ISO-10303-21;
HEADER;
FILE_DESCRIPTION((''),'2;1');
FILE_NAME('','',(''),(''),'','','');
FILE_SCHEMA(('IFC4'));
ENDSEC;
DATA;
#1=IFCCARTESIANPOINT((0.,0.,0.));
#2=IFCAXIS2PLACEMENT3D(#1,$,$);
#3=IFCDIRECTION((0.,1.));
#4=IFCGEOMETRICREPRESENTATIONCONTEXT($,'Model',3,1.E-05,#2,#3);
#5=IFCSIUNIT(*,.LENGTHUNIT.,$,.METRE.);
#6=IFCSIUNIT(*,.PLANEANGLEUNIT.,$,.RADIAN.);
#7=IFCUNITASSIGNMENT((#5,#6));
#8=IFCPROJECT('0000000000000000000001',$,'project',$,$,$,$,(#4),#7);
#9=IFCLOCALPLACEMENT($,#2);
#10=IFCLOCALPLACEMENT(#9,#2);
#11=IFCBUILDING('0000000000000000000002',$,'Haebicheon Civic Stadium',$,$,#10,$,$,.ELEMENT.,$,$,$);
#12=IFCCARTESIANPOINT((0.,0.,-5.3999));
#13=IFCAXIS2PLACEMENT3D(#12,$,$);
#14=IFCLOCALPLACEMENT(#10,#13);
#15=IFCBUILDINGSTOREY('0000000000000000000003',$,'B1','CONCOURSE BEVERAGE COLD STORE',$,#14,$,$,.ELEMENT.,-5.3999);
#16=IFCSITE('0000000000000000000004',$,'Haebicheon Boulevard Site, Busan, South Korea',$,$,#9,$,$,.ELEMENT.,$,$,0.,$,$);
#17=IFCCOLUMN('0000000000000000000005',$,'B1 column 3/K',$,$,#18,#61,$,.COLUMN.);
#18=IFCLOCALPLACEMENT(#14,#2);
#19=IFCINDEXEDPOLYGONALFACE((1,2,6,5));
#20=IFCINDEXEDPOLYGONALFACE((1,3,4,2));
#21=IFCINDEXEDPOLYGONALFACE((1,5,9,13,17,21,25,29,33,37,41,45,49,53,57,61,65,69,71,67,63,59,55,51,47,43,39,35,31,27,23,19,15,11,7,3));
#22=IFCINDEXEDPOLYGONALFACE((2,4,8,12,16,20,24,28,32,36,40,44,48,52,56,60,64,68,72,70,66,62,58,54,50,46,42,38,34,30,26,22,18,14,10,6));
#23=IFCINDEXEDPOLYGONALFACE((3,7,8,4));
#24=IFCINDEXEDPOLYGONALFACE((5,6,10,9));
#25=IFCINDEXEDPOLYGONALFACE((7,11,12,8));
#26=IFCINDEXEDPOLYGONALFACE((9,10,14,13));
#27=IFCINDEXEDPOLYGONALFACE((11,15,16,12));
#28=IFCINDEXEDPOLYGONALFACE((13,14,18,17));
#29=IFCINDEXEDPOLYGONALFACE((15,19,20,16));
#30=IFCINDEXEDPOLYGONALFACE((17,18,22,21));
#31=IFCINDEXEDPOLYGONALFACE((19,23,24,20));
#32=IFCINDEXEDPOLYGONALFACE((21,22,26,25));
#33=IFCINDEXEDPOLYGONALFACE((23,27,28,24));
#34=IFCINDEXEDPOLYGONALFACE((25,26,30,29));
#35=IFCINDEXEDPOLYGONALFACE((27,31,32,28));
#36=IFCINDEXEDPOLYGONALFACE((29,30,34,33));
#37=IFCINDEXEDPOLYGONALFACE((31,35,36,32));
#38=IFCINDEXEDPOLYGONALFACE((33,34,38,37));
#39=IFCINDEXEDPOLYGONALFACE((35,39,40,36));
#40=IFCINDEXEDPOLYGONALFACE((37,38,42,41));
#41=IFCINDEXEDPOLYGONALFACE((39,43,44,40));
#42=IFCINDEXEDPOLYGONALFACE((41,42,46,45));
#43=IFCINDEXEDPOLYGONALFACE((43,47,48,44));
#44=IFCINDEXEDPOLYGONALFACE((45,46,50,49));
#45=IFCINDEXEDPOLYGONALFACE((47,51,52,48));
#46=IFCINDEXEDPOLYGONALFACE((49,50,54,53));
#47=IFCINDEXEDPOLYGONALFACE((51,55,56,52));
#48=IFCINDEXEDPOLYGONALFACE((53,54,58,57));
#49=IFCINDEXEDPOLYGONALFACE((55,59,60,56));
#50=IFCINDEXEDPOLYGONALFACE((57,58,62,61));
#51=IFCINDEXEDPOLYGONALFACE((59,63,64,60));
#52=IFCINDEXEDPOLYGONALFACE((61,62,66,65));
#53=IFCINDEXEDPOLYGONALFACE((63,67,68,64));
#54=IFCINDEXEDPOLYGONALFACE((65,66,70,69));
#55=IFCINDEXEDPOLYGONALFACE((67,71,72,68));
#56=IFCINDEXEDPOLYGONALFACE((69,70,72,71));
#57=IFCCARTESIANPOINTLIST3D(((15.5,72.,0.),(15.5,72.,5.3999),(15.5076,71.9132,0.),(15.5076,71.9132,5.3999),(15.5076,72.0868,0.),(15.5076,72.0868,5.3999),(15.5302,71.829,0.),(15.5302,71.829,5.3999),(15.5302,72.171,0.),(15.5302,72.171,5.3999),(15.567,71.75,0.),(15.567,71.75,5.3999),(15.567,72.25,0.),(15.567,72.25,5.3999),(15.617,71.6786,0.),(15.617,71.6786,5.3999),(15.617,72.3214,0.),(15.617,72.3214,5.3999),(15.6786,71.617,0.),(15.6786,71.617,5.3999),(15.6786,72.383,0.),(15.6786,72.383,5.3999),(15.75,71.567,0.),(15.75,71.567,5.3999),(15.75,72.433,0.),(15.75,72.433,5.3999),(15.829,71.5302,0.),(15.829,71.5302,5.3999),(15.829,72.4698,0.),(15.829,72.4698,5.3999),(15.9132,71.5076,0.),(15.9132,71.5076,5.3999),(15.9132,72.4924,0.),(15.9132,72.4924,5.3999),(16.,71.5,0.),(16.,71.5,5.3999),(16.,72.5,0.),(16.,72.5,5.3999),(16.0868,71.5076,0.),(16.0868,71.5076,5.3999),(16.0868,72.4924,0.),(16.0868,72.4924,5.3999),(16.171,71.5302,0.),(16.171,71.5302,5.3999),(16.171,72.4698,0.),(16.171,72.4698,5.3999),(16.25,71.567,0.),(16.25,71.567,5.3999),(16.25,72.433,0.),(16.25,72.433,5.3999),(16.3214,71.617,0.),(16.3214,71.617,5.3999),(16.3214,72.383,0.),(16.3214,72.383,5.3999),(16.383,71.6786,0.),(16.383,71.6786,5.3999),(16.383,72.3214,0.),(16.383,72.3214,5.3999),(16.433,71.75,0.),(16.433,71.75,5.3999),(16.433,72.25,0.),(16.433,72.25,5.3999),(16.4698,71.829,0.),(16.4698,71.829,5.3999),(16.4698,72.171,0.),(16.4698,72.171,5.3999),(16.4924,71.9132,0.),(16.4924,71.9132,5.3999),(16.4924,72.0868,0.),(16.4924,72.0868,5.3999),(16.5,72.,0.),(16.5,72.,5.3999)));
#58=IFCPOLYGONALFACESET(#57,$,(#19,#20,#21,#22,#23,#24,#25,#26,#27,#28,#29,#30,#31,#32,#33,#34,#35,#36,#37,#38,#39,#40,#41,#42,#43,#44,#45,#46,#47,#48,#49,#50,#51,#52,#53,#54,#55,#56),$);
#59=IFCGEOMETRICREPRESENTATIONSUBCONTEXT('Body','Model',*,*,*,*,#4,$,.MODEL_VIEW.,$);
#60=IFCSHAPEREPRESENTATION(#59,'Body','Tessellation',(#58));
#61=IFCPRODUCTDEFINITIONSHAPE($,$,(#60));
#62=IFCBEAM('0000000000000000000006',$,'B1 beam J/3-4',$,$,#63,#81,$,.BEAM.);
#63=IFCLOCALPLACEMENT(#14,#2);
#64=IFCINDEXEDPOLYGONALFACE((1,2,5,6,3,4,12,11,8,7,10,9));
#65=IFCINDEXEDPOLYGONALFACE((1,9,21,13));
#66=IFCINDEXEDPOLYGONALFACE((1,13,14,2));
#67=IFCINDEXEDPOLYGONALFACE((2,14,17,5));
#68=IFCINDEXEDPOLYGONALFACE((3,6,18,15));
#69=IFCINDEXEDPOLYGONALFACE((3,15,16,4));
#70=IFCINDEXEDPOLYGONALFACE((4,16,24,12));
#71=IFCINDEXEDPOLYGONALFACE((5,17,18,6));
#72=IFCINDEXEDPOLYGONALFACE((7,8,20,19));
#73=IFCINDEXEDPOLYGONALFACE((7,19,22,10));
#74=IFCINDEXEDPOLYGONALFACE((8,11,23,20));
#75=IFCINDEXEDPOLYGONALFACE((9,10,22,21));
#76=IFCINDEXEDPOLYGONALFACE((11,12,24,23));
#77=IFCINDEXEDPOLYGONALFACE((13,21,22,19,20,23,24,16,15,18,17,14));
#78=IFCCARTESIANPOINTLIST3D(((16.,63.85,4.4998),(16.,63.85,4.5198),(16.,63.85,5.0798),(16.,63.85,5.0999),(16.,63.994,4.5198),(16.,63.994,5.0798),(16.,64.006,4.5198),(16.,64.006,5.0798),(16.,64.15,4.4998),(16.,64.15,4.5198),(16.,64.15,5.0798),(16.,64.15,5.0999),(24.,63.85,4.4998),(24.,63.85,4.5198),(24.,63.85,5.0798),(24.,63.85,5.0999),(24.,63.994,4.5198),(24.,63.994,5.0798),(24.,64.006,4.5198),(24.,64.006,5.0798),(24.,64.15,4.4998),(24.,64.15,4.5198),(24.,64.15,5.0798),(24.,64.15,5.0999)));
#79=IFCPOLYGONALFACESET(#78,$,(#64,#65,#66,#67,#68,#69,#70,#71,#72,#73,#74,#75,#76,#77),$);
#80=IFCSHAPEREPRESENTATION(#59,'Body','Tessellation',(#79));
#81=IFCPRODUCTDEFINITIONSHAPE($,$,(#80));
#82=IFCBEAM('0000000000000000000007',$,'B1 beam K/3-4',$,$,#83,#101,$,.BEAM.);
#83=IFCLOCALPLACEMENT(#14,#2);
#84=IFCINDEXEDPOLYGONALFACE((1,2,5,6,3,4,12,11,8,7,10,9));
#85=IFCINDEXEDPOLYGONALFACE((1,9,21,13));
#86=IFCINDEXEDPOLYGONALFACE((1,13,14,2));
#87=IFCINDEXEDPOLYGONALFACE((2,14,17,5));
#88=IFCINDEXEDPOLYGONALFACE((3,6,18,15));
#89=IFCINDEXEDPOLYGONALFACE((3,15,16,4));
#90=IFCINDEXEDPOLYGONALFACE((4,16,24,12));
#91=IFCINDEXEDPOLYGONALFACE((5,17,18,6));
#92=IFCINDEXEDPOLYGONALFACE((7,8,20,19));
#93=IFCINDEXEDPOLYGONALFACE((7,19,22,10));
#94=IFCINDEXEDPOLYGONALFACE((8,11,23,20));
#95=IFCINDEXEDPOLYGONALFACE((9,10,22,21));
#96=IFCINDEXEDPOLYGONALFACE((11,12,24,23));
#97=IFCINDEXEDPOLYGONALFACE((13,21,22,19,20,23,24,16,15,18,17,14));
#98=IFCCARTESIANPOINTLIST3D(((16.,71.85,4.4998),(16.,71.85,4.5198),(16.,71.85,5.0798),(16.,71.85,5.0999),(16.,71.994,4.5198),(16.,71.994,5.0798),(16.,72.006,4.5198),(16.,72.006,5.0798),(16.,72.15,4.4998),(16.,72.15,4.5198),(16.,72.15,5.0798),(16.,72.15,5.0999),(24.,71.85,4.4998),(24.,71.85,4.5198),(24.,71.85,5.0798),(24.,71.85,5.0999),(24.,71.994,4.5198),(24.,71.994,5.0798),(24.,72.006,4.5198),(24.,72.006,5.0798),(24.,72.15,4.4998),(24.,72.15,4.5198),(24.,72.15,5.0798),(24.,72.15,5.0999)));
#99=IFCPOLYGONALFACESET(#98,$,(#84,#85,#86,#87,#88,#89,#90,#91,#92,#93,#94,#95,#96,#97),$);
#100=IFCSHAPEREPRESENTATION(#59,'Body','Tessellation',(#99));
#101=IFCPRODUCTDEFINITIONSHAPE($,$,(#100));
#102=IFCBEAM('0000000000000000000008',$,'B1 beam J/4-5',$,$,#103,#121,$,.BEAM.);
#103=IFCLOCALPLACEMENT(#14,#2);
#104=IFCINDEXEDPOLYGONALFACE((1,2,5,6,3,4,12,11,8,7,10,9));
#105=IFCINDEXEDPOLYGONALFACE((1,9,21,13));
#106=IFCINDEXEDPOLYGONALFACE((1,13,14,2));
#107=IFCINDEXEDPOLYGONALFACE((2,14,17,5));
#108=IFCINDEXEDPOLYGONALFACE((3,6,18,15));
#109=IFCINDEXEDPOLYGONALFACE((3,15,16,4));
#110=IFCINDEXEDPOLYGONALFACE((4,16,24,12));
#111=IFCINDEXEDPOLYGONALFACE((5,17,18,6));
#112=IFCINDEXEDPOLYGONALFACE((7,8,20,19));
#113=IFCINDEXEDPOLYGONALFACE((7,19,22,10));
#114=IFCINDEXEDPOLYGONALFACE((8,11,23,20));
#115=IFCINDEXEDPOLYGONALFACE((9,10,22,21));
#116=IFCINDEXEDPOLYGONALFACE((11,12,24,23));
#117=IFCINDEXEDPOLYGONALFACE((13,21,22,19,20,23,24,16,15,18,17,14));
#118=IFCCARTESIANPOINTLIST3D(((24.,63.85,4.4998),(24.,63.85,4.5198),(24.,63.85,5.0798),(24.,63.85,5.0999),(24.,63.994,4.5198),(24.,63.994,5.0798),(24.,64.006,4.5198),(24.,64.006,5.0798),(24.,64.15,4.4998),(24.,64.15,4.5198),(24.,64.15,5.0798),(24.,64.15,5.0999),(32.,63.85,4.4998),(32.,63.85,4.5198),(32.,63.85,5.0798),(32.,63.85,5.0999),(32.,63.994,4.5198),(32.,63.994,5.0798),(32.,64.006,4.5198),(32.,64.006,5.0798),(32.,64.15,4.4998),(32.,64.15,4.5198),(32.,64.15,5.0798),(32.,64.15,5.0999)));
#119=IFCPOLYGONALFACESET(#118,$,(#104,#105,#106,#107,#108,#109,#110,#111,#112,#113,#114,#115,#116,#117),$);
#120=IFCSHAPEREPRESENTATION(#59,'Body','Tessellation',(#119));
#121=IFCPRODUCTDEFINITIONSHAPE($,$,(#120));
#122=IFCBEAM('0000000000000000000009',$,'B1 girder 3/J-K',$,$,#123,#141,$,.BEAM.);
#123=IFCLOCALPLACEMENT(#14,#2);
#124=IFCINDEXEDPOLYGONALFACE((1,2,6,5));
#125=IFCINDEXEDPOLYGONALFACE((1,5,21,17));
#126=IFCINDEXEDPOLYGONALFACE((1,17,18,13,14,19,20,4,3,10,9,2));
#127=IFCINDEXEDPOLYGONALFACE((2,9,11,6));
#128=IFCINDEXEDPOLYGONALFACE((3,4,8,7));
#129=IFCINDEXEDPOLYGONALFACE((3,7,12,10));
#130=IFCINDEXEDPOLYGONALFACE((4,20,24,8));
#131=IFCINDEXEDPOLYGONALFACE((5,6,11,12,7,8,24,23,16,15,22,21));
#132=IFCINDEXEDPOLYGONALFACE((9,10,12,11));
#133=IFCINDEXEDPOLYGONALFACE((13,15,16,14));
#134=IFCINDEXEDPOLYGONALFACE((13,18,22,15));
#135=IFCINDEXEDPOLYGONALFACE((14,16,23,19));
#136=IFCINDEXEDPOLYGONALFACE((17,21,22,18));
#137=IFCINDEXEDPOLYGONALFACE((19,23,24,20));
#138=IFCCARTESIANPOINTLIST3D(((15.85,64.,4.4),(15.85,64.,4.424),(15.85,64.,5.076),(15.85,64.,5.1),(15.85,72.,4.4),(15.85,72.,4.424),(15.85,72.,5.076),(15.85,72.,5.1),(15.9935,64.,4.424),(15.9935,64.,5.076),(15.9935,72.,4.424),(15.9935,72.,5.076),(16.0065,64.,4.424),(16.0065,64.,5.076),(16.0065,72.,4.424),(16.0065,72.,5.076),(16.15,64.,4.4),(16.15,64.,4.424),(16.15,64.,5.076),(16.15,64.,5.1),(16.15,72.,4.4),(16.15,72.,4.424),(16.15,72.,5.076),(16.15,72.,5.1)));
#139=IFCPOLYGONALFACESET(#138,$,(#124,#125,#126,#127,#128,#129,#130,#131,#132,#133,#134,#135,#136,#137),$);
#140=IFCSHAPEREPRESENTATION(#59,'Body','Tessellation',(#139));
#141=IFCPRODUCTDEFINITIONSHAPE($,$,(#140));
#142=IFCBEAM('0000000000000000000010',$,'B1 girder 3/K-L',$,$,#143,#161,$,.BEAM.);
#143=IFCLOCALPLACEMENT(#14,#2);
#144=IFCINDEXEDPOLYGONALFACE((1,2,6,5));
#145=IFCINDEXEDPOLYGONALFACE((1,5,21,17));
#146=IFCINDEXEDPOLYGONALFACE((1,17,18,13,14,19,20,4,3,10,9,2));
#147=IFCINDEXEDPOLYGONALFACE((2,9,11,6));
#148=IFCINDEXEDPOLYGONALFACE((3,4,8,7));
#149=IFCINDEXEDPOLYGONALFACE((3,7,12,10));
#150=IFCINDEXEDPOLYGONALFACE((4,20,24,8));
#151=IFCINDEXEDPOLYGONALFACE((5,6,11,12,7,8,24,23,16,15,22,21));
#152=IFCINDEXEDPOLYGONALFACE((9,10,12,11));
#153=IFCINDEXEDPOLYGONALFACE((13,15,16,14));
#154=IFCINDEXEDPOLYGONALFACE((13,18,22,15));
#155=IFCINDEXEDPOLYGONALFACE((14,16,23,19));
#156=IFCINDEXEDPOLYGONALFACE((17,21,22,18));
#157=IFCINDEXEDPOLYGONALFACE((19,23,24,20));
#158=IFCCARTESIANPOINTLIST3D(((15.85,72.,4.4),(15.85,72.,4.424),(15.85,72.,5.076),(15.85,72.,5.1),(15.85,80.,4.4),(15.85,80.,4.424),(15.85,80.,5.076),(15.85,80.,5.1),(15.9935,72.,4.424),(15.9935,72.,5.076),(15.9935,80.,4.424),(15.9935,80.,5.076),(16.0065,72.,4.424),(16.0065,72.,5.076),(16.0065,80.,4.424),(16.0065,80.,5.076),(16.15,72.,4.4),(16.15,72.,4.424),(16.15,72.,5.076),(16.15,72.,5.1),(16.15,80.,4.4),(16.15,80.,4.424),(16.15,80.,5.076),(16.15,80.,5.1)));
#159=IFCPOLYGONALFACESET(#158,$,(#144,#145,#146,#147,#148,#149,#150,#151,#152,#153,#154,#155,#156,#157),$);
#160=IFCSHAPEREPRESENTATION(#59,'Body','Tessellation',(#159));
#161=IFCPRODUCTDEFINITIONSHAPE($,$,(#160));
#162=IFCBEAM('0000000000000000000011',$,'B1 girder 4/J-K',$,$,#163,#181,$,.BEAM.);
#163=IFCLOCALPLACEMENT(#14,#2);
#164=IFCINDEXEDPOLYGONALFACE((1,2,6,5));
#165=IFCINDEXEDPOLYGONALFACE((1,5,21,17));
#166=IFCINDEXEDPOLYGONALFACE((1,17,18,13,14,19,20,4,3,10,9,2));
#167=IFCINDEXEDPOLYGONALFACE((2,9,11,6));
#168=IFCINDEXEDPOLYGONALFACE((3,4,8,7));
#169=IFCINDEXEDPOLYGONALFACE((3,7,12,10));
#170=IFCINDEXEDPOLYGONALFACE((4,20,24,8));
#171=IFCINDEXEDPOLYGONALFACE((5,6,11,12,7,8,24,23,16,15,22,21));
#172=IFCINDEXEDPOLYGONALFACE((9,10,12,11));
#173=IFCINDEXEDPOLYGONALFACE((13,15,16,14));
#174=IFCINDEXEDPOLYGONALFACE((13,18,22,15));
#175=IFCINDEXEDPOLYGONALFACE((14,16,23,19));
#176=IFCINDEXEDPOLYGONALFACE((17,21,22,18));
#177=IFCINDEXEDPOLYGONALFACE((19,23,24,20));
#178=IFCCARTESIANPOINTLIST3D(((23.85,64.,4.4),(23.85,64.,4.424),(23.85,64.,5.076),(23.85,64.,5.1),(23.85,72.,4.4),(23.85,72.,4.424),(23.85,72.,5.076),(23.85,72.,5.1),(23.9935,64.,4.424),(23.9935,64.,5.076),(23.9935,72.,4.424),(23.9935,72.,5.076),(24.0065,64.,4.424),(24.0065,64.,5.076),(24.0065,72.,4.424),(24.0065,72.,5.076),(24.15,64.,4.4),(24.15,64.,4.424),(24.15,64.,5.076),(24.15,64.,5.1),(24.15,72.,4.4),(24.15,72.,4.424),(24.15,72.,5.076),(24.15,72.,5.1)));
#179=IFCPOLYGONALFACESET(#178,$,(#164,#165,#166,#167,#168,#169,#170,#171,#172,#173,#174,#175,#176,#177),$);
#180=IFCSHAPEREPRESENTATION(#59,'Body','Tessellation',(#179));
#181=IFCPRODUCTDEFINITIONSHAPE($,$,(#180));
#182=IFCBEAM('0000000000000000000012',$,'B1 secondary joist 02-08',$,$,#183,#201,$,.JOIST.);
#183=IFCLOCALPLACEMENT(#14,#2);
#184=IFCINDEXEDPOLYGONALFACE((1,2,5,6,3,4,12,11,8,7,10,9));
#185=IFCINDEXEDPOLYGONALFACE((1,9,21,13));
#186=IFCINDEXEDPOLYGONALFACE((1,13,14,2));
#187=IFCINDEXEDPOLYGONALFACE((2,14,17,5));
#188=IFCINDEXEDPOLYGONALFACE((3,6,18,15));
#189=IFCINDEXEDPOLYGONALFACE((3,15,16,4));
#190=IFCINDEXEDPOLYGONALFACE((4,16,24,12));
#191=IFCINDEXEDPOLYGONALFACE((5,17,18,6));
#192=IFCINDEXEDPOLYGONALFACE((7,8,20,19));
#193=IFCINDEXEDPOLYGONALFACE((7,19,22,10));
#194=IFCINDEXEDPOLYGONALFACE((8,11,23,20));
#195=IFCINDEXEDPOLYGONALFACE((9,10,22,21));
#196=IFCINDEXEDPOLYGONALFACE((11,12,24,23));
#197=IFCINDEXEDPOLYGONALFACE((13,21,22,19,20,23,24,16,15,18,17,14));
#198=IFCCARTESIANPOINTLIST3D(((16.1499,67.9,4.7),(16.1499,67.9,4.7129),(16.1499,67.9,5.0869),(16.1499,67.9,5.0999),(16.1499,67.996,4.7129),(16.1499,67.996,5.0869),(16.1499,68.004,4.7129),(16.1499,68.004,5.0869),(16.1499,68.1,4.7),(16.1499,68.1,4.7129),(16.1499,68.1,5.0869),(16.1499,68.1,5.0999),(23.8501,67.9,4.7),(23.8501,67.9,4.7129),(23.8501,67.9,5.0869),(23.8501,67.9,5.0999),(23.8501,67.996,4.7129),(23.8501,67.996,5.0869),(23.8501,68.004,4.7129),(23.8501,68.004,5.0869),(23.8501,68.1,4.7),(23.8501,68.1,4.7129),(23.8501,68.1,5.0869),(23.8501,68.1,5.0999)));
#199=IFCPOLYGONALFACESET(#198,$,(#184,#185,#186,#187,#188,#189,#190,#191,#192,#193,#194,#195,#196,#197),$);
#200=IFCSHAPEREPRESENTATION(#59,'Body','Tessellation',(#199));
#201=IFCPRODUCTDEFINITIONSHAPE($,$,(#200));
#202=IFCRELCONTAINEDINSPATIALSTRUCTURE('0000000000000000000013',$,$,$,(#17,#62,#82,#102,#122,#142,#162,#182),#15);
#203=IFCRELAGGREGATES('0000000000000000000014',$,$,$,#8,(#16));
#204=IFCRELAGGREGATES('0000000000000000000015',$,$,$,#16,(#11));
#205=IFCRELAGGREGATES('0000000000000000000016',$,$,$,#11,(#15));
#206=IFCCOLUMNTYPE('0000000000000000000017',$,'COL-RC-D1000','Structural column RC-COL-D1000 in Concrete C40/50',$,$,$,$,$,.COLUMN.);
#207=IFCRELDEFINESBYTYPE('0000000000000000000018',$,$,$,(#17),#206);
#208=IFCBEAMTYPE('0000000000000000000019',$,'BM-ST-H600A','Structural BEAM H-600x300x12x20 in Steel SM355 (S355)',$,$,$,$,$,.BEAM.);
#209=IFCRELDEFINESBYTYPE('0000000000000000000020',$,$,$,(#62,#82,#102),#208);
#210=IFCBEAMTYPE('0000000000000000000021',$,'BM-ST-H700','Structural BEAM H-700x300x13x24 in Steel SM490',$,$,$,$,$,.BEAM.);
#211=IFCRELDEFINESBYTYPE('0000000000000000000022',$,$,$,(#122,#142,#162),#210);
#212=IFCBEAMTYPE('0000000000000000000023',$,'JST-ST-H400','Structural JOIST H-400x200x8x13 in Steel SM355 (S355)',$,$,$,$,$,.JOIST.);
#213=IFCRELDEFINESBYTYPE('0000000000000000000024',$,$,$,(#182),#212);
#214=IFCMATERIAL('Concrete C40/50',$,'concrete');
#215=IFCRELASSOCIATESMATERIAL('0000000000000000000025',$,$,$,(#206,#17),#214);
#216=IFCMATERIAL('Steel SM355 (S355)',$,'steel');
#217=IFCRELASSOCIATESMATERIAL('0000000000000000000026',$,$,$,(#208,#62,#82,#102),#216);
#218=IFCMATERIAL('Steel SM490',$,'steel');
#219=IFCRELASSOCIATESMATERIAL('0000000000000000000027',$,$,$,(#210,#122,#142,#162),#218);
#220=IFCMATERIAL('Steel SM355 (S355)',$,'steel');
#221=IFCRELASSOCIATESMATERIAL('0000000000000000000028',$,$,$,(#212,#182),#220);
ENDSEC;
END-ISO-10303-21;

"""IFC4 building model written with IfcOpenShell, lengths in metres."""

from ifc_helpers import new_model, si_unit, direction, frame, origin, origin_2d, place, context, subcontext, project, spatial, circle, i_section, extrude, material, material_profile, profile_set, type_object, element, save


model = new_model("IFC4")

# Units and contexts
model_context = context("Model", 3, precision=1e-05, world=origin(), true_north=direction((0.0, 1.0)))
body_context = subcontext(model_context, "Body", "Model", "MODEL_VIEW")
ifc_project = project(units=[si_unit("LENGTHUNIT", "METRE"), si_unit("PLANEANGLEUNIT", "RADIAN")], contexts=[model_context])

# Site, building, storey
site_placement = place(None, origin())
site = spatial("IfcSite", under=ifc_project, at=site_placement, Name="Haebicheon Boulevard Site, Busan, South Korea", CompositionType="ELEMENT", RefElevation=0.0)
building_placement = place(site_placement, origin())
building = spatial("IfcBuilding", under=site, at=building_placement, Name="Haebicheon Civic Stadium", CompositionType="ELEMENT")
storey_placement = place(building_placement, frame((0.0, 0.0, -5.3999)))
storey = spatial("IfcBuildingStorey", under=building, at=storey_placement, Name="B1", Description="CONCOURSE BEVERAGE COLD STORE", CompositionType="ELEMENT", Elevation=-5.3999)

# Column
ifc_material_1 = material(Name="Concrete C40/50", Category="concrete")
ifc_material_profile_1 = material_profile(ifc_material_1, circle(Radius=0.5, at=origin_2d()), Name="RC-COL-D1000")
ifc_profile_set_1 = profile_set([ifc_material_profile_1], Name="Concrete C40/50")
column_type_1 = type_object("IfcColumnType", Name="COL-RC-D1000", Description="Structural column RC-COL-D1000 in Concrete C40/50", PredefinedType="COLUMN", material=ifc_profile_set_1)
column_1_placement = place(storey_placement, frame((16.0, 72.0, 0.0), z_axis=(0.0, 0.0, 1.0), x_axis=(1.0, 0.0, 0.0)))
element("IfcColumn", 1, at=column_1_placement, inside=storey, type_object=column_type_1, material=ifc_profile_set_1, Name="B1 column 3/K", PredefinedType="COLUMN", context=body_context, shape_type="SweptSolid", body=[
    extrude(circle(Radius=0.5, at=origin_2d()), origin(), (0.0, 0.0, 1.0), 5.3999),
])

# Beams
ifc_material_2 = material(Name="Steel SM355 (S355)", Category="steel")
ifc_material_profile_2 = material_profile(ifc_material_2, i_section(OverallWidth=0.3, OverallDepth=0.6001, WebThickness=0.012, FlangeThickness=0.02, at=origin_2d()), Name="H-600x300x12x20")
ifc_profile_set_2 = profile_set([ifc_material_profile_2], Name="Steel SM355 (S355)")
beam_type_1 = type_object("IfcBeamType", Name="BM-ST-H600A", Description="Structural BEAM H-600x300x12x20 in Steel SM355 (S355)", PredefinedType="BEAM", material=ifc_profile_set_2)
for number, where, z_axis, x_axis, name in (
    (2, (16.0, 64.0, 4.7998), (1.0, 0.0, 0.0), (0.0, 1.0, 0.0), "B1 beam J/3-4"),
    (3, (16.0, 72.0, 4.7998), (1.0, 0.0, 0.0), (0.0, 1.0, 0.0), "B1 beam K/3-4"),
    (4, (24.0, 64.0, 4.7998), (1.0, 0.0, 0.0), (0.0, 1.0, 0.0), "B1 beam J/4-5"),
):
    element("IfcBeam", number, at=place(storey_placement, frame(where, z_axis=z_axis, x_axis=x_axis)), inside=storey, type_object=beam_type_1, material=ifc_profile_set_2, Name=name, PredefinedType="BEAM", context=body_context, shape_type="SweptSolid", body=[
        extrude(i_section(OverallWidth=0.3, OverallDepth=0.6001, WebThickness=0.012, FlangeThickness=0.02, at=origin_2d()), origin(), (0.0, 0.0, 1.0), 8.0),
    ])
ifc_material_3 = material(Name="Steel SM490", Category="steel")
ifc_material_profile_3 = material_profile(ifc_material_3, i_section(OverallWidth=0.3, OverallDepth=0.7, WebThickness=0.0129, FlangeThickness=0.0239, at=origin_2d()), Name="H-700x300x13x24")
ifc_profile_set_3 = profile_set([ifc_material_profile_3], Name="Steel SM490")
beam_type_2 = type_object("IfcBeamType", Name="BM-ST-H700", Description="Structural BEAM H-700x300x13x24 in Steel SM490", PredefinedType="BEAM", material=ifc_profile_set_3)
for number, where, z_axis, x_axis, name in (
    (5, (16.0, 64.0, 4.75), (0.0, 1.0, 0.0), (-1.0, 0.0, 0.0), "B1 girder 3/J-K"),
    (6, (16.0, 72.0, 4.75), (0.0, 1.0, 0.0), (-1.0, 0.0, 0.0), "B1 girder 3/K-L"),
    (7, (24.0, 64.0, 4.75), (0.0, 1.0, 0.0), (-1.0, 0.0, 0.0), "B1 girder 4/J-K"),
):
    element("IfcBeam", number, at=place(storey_placement, frame(where, z_axis=z_axis, x_axis=x_axis)), inside=storey, type_object=beam_type_2, material=ifc_profile_set_3, Name=name, PredefinedType="BEAM", context=body_context, shape_type="SweptSolid", body=[
        extrude(i_section(OverallWidth=0.3, OverallDepth=0.7, WebThickness=0.0129, FlangeThickness=0.0239, at=origin_2d()), origin(), (0.0, 0.0, 1.0), 8.0),
    ])
ifc_material_4 = material(Name="Steel SM355 (S355)", Category="steel")
ifc_material_profile_4 = material_profile(ifc_material_4, i_section(OverallWidth=0.2, OverallDepth=0.3999, WebThickness=0.0081, FlangeThickness=0.0129, at=origin_2d()), Name="H-400x200x8x13")
ifc_profile_set_4 = profile_set([ifc_material_profile_4], Name="Steel SM355 (S355)")
beam_type_3 = type_object("IfcBeamType", Name="JST-ST-H400", Description="Structural JOIST H-400x200x8x13 in Steel SM355 (S355)", PredefinedType="JOIST", material=ifc_profile_set_4)
beam_placement = place(storey_placement, frame((16.1499, 68.0, 4.8999), z_axis=(1.0, 0.0, 0.0), x_axis=(0.0, 1.0, 0.0)))
element("IfcBeam", 8, at=beam_placement, inside=storey, type_object=beam_type_3, material=ifc_profile_set_4, Name="B1 secondary joist 02-08", PredefinedType="JOIST", context=body_context, shape_type="SweptSolid", body=[
    extrude(i_section(OverallWidth=0.2, OverallDepth=0.3999, WebThickness=0.0081, FlangeThickness=0.0129, at=origin_2d()), origin(), (0.0, 0.0, 1.0), 7.7002),
])

save(model, "model.ifc")
